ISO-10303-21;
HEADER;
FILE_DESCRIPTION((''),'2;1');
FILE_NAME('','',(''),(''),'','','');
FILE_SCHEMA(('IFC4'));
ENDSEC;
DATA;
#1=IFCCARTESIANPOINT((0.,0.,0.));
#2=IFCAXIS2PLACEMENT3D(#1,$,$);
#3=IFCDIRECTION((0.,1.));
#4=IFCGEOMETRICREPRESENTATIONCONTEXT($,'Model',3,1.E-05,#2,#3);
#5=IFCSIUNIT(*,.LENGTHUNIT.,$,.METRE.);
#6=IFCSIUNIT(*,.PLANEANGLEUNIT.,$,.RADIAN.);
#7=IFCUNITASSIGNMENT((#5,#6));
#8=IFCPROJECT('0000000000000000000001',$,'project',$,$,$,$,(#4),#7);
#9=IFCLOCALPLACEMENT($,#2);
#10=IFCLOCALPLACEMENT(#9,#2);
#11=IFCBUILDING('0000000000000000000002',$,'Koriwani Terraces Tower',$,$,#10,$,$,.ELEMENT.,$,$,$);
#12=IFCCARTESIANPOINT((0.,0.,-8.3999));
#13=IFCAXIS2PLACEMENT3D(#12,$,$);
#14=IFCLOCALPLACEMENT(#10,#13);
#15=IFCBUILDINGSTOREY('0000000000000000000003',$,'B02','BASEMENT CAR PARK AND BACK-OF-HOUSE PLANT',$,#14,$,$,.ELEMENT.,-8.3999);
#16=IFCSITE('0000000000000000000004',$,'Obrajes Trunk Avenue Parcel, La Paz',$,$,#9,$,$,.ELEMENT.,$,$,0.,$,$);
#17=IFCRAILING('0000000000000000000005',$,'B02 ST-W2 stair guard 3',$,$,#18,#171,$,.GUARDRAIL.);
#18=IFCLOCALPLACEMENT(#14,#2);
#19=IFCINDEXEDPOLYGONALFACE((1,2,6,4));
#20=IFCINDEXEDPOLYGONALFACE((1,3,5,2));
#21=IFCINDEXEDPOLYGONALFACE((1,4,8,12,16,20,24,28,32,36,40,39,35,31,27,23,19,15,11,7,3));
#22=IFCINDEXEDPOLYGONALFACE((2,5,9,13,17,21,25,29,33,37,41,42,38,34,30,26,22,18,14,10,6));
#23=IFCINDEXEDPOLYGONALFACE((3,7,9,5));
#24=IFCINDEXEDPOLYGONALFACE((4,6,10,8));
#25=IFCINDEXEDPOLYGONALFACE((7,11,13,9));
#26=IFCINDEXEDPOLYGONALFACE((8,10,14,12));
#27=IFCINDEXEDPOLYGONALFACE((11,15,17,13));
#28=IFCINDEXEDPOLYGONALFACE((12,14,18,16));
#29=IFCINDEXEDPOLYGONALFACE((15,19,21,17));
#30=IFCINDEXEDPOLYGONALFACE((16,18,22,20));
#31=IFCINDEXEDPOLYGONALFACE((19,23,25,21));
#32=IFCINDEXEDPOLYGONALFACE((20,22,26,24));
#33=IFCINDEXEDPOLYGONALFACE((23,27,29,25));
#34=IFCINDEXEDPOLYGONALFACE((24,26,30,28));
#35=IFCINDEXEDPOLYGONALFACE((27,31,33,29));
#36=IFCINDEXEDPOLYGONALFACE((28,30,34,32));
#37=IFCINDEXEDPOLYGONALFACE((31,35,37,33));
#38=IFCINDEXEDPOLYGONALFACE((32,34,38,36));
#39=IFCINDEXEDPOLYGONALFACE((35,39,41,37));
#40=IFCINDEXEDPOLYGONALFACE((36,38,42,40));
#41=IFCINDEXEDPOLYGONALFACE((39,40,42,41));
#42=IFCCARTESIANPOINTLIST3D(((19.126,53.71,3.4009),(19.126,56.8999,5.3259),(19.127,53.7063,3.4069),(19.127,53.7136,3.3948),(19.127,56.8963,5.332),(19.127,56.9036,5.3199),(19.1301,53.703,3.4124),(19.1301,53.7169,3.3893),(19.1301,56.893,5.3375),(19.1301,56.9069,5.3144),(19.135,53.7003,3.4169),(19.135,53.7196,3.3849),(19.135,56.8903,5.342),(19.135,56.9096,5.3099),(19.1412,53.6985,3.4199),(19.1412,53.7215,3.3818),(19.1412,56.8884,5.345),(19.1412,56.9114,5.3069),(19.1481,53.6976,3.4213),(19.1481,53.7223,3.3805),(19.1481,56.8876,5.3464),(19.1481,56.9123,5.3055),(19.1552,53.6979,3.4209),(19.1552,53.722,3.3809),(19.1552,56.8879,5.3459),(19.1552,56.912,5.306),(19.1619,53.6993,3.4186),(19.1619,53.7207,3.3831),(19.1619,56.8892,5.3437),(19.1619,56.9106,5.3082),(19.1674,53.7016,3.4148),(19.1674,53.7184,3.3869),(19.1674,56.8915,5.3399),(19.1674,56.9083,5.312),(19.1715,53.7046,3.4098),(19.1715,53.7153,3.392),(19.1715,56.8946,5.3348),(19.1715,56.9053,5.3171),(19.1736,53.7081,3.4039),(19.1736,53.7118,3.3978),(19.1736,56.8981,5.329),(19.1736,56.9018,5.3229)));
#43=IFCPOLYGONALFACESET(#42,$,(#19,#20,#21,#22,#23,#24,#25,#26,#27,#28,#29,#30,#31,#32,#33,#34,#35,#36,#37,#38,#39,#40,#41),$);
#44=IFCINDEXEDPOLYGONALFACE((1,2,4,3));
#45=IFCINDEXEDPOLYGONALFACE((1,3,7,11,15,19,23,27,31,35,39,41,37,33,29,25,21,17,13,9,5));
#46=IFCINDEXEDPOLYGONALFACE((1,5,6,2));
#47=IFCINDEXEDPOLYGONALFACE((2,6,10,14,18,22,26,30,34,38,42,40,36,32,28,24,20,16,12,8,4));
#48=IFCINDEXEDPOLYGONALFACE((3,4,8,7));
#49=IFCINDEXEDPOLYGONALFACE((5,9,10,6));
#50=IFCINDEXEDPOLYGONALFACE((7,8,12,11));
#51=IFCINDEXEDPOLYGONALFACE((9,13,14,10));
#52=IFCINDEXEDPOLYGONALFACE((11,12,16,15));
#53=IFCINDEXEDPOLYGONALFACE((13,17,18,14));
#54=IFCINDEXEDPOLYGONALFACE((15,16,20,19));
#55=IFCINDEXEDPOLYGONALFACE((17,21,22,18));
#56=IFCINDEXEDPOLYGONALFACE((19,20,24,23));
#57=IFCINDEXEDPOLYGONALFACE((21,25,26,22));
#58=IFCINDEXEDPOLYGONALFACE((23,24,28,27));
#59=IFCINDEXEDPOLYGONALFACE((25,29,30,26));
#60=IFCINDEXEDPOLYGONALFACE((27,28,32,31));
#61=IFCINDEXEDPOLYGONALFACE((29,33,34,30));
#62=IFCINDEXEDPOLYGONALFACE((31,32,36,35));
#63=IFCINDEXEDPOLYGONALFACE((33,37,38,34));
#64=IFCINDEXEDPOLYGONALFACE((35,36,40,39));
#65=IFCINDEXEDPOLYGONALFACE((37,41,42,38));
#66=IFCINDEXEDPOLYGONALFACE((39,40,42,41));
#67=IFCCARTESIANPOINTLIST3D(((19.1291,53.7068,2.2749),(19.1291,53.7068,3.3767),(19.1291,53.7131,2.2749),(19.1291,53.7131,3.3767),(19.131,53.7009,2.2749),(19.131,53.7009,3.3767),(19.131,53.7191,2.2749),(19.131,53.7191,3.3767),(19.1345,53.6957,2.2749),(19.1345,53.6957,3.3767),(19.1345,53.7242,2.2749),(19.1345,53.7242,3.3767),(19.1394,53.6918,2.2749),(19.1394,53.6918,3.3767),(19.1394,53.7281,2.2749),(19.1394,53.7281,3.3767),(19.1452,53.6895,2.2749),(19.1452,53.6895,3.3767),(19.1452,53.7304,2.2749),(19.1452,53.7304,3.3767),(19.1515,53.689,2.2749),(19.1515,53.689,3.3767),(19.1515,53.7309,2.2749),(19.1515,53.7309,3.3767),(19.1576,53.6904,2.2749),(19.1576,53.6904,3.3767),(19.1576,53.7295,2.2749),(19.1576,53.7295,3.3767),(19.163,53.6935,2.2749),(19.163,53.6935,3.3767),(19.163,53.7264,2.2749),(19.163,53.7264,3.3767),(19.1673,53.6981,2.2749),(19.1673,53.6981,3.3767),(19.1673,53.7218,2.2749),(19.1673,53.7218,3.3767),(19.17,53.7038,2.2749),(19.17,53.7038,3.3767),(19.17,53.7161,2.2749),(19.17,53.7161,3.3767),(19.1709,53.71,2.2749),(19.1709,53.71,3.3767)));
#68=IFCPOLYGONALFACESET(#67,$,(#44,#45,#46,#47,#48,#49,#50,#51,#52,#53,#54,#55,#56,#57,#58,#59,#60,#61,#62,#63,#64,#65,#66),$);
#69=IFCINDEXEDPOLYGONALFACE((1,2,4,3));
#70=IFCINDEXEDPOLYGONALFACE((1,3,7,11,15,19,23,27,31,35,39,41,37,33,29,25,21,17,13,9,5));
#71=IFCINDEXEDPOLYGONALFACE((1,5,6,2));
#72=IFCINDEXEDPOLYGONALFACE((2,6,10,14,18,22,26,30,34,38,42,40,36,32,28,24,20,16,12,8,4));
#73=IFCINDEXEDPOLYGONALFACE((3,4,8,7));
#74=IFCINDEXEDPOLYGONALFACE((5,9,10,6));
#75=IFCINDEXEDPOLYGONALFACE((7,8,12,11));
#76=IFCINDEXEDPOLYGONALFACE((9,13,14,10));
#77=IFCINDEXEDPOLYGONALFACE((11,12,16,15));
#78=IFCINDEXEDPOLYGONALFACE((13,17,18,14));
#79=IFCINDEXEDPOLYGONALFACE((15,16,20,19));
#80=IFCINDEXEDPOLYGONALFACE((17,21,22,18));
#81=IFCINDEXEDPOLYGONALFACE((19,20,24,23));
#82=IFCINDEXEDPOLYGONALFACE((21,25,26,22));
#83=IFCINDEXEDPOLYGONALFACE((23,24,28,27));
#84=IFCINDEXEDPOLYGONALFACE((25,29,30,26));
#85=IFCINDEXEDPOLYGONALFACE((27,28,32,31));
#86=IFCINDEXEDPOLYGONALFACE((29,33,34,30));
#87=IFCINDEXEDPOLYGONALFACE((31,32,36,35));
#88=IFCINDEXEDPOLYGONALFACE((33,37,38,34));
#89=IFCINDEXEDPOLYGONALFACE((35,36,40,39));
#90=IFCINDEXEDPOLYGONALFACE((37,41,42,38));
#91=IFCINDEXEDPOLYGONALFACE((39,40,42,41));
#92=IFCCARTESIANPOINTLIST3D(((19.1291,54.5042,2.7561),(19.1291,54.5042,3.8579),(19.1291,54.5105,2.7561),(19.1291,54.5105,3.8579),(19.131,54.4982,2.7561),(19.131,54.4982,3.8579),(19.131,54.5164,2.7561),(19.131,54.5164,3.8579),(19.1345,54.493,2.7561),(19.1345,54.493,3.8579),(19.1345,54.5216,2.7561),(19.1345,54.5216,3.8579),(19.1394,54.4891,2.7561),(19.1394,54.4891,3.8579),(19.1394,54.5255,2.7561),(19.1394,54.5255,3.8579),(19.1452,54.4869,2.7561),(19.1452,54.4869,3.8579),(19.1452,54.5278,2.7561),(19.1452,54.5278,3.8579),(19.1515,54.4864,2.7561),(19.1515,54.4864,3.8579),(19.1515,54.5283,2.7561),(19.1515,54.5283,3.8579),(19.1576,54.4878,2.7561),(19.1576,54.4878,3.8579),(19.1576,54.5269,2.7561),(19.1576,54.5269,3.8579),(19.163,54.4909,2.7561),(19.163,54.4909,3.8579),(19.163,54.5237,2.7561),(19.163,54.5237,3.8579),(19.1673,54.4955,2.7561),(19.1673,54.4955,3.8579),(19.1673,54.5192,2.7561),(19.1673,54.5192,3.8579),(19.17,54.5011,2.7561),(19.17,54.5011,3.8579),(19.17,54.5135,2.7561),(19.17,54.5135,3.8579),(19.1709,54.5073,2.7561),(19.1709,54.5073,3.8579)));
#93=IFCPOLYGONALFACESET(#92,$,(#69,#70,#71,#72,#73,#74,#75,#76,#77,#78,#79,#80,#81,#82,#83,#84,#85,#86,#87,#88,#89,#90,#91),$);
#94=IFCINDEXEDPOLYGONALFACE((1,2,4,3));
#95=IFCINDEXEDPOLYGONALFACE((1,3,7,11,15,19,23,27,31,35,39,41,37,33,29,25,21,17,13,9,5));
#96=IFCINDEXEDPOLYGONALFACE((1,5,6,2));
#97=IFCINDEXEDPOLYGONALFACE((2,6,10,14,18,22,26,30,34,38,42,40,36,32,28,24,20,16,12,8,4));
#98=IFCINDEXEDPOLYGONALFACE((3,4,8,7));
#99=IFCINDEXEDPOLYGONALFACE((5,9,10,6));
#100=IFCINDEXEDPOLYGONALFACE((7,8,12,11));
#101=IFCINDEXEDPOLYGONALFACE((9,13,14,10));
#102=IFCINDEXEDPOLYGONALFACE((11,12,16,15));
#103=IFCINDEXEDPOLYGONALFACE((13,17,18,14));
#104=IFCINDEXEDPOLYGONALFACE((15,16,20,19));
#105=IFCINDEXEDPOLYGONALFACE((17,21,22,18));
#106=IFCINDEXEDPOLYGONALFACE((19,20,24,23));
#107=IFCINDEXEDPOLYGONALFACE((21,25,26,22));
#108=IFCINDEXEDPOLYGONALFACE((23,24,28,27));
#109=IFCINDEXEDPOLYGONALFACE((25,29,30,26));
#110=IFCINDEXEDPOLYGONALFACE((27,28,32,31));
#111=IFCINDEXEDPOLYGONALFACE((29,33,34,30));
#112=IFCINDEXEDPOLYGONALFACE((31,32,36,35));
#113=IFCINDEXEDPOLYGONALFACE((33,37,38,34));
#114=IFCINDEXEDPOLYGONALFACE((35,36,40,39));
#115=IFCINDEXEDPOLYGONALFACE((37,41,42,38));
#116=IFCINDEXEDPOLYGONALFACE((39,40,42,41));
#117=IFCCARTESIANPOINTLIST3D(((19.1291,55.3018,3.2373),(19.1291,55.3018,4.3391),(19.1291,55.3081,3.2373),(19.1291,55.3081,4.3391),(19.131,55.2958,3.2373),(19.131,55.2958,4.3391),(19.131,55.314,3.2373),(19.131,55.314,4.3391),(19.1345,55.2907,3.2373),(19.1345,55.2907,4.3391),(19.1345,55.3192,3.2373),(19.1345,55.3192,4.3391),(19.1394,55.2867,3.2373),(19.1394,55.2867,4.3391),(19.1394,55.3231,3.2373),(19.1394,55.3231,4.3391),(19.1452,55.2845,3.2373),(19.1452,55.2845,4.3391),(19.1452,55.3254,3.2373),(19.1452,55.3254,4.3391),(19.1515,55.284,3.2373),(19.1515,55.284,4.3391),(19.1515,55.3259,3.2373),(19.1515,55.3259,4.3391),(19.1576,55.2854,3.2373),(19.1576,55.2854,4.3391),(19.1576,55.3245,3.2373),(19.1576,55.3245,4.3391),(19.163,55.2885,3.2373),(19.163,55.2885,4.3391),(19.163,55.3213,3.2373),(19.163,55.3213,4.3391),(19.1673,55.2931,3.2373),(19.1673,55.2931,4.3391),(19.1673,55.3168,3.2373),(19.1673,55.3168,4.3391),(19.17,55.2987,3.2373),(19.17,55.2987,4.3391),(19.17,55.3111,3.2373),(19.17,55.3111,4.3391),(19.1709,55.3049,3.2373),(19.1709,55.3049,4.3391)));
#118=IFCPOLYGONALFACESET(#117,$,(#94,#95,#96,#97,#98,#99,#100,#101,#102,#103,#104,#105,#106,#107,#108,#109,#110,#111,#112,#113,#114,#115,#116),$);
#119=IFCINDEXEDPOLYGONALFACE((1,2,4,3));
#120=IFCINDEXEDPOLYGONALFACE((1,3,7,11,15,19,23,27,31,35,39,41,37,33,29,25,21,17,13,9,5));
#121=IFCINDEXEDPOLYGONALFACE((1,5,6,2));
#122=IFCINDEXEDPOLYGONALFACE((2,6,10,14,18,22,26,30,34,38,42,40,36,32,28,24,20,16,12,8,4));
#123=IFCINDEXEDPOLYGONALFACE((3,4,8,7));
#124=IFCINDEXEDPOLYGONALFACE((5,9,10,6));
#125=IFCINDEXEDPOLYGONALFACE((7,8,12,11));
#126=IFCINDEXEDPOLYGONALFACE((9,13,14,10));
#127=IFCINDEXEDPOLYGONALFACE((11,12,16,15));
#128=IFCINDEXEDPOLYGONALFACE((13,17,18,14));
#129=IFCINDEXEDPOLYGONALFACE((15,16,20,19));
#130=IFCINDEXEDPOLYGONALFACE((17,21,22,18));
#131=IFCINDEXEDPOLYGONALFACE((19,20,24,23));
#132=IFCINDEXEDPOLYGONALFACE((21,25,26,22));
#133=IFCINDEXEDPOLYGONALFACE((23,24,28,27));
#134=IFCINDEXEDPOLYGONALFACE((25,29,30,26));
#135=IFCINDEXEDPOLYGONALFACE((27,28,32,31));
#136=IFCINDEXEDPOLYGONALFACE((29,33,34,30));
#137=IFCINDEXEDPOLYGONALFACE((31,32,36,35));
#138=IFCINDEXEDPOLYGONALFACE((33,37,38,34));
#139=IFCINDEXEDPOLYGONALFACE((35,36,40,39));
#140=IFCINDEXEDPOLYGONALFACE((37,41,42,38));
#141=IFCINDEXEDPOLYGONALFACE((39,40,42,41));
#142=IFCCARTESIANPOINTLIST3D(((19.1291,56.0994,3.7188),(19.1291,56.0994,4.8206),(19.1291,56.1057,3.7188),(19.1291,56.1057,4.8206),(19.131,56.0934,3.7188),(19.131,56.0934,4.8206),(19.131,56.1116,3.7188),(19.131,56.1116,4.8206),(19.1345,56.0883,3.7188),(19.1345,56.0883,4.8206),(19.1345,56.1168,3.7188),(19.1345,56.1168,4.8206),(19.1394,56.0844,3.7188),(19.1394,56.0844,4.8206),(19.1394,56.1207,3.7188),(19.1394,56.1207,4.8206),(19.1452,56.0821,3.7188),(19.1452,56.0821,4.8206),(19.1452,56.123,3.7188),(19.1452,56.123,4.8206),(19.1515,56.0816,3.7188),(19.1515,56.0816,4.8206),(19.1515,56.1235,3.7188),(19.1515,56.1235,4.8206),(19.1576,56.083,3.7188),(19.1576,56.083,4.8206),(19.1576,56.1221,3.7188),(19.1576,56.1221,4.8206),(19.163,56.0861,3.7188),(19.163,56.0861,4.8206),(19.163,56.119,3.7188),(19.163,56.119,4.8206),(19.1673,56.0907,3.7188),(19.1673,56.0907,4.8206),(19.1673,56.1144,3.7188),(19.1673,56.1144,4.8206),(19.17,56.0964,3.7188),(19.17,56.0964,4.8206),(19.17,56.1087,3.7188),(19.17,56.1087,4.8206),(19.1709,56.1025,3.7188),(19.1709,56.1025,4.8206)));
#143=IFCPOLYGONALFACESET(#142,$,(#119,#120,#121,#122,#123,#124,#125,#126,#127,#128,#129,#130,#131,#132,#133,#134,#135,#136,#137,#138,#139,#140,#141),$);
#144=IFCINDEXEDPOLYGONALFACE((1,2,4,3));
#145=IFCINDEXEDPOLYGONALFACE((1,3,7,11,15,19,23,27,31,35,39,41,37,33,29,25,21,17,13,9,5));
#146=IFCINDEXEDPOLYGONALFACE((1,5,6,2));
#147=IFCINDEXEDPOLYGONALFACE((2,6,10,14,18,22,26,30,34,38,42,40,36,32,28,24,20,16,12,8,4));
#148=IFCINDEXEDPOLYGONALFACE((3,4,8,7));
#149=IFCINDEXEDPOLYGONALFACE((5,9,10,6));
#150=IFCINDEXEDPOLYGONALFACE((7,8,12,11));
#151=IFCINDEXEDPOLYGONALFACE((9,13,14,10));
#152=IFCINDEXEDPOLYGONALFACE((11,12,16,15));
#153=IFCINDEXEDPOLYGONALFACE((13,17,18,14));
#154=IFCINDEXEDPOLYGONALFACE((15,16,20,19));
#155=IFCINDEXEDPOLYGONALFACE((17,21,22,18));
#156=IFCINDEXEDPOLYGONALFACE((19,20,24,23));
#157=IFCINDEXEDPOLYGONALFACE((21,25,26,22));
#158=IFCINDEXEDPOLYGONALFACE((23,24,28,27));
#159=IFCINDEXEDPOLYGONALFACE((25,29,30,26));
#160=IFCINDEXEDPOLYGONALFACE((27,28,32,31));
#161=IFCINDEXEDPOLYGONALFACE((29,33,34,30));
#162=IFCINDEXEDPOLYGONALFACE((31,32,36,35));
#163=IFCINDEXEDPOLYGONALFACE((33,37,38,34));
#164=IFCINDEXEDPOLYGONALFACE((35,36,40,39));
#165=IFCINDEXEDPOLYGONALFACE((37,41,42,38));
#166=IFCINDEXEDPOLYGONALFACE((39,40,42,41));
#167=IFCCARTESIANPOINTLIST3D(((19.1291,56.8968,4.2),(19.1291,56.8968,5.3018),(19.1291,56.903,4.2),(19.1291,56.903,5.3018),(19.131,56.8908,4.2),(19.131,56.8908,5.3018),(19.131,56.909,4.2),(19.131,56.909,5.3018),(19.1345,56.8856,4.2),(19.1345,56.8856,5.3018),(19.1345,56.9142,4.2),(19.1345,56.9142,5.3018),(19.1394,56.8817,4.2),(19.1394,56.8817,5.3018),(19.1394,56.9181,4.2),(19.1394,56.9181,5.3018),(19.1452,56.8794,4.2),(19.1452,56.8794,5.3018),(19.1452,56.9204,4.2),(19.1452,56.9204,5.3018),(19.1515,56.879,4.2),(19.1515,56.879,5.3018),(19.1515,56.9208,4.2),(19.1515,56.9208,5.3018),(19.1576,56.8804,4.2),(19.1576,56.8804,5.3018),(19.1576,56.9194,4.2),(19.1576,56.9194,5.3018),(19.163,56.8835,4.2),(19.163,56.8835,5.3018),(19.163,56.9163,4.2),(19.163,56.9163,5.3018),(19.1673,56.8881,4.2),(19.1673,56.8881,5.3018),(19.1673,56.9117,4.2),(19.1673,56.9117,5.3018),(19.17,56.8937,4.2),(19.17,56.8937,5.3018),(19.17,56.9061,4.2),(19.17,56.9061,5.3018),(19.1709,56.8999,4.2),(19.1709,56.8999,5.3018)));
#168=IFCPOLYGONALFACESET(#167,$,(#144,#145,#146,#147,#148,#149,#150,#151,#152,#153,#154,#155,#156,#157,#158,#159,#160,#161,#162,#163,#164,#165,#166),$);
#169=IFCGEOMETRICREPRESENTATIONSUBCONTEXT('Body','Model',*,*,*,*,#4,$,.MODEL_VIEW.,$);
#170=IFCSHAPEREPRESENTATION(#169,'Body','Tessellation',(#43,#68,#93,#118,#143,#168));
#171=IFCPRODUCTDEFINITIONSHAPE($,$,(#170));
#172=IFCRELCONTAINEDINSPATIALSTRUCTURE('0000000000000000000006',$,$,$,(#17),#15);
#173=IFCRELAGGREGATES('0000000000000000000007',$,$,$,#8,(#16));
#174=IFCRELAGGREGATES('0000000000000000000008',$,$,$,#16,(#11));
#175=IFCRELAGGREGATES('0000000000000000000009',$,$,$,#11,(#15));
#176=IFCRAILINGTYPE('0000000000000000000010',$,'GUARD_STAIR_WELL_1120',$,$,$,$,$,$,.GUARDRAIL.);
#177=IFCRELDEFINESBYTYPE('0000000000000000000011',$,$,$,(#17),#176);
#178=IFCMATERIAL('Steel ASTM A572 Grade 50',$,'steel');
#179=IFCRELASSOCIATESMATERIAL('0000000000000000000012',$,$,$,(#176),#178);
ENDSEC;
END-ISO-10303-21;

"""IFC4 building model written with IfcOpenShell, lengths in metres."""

from ifc_helpers import new_model, si_unit, direction, frame, origin, origin_2d, place, context, subcontext, project, spatial, circle, extrude, material, type_object, element, save


model = new_model("IFC4")

# Units and contexts
model_context = context("Model", 3, precision=1e-05, world=origin(), true_north=direction((0.0, 1.0)))
body_context = subcontext(model_context, "Body", "Model", "MODEL_VIEW")
ifc_project = project(units=[si_unit("LENGTHUNIT", "METRE"), si_unit("PLANEANGLEUNIT", "RADIAN")], contexts=[model_context])

# Site, building, storey
site_placement = place(None, origin())
site = spatial("IfcSite", under=ifc_project, at=site_placement, Name="Obrajes Trunk Avenue Parcel, La Paz", CompositionType="ELEMENT", RefElevation=0.0)
building_placement = place(site_placement, origin())
building = spatial("IfcBuilding", under=site, at=building_placement, Name="Koriwani Terraces Tower", CompositionType="ELEMENT")
storey_placement = place(building_placement, frame((0.0, 0.0, -8.3999)))
storey = spatial("IfcBuildingStorey", under=building, at=storey_placement, Name="B02", Description="BASEMENT CAR PARK AND BACK-OF-HOUSE PLANT", CompositionType="ELEMENT", Elevation=-8.3999)

# Shared definitions
ifc_material_1 = material(Name="Steel ASTM A572 Grade 50", Category="steel")

# Railing
railing_type_1 = type_object("IfcRailingType", Name="GUARD_STAIR_WELL_1120", PredefinedType="GUARDRAIL", material=ifc_material_1)
railing_1_placement = place(storey_placement, frame((19.1499, 53.71, 2.2749)))
element("IfcRailing", 1, at=railing_1_placement, inside=storey, type_object=railing_type_1, Name="B02 ST-W2 stair guard 3", PredefinedType="GUARDRAIL", context=body_context, shape_type="SweptSolid", body=[
    extrude(circle(Radius=0.0239, at=origin_2d()), frame((0.0, 0.0, 1.126), z_axis=(0.0, 0.856178, 0.516682), x_axis=(-1.0, 0.0, 0.0)), (0.0, 0.0, 1.0), 3.7258),
    extrude(circle(Radius=0.021, at=origin_2d()), origin(), (0.0, 0.0, 1.0), 1.1018),
    extrude(circle(Radius=0.021, at=origin_2d()), frame((0.0, 0.7974, 0.4812)), (0.0, 0.0, 1.0), 1.1018),
    extrude(circle(Radius=0.021, at=origin_2d()), frame((0.0, 1.595, 0.9624)), (0.0, 0.0, 1.0), 1.1018),
    extrude(circle(Radius=0.021, at=origin_2d()), frame((0.0, 2.3926, 1.4438)), (0.0, 0.0, 1.0), 1.1018),
    extrude(circle(Radius=0.021, at=origin_2d()), frame((0.0, 3.1899, 1.925)), (0.0, 0.0, 1.0), 1.1018),
])

save(model, "model.ifc")
